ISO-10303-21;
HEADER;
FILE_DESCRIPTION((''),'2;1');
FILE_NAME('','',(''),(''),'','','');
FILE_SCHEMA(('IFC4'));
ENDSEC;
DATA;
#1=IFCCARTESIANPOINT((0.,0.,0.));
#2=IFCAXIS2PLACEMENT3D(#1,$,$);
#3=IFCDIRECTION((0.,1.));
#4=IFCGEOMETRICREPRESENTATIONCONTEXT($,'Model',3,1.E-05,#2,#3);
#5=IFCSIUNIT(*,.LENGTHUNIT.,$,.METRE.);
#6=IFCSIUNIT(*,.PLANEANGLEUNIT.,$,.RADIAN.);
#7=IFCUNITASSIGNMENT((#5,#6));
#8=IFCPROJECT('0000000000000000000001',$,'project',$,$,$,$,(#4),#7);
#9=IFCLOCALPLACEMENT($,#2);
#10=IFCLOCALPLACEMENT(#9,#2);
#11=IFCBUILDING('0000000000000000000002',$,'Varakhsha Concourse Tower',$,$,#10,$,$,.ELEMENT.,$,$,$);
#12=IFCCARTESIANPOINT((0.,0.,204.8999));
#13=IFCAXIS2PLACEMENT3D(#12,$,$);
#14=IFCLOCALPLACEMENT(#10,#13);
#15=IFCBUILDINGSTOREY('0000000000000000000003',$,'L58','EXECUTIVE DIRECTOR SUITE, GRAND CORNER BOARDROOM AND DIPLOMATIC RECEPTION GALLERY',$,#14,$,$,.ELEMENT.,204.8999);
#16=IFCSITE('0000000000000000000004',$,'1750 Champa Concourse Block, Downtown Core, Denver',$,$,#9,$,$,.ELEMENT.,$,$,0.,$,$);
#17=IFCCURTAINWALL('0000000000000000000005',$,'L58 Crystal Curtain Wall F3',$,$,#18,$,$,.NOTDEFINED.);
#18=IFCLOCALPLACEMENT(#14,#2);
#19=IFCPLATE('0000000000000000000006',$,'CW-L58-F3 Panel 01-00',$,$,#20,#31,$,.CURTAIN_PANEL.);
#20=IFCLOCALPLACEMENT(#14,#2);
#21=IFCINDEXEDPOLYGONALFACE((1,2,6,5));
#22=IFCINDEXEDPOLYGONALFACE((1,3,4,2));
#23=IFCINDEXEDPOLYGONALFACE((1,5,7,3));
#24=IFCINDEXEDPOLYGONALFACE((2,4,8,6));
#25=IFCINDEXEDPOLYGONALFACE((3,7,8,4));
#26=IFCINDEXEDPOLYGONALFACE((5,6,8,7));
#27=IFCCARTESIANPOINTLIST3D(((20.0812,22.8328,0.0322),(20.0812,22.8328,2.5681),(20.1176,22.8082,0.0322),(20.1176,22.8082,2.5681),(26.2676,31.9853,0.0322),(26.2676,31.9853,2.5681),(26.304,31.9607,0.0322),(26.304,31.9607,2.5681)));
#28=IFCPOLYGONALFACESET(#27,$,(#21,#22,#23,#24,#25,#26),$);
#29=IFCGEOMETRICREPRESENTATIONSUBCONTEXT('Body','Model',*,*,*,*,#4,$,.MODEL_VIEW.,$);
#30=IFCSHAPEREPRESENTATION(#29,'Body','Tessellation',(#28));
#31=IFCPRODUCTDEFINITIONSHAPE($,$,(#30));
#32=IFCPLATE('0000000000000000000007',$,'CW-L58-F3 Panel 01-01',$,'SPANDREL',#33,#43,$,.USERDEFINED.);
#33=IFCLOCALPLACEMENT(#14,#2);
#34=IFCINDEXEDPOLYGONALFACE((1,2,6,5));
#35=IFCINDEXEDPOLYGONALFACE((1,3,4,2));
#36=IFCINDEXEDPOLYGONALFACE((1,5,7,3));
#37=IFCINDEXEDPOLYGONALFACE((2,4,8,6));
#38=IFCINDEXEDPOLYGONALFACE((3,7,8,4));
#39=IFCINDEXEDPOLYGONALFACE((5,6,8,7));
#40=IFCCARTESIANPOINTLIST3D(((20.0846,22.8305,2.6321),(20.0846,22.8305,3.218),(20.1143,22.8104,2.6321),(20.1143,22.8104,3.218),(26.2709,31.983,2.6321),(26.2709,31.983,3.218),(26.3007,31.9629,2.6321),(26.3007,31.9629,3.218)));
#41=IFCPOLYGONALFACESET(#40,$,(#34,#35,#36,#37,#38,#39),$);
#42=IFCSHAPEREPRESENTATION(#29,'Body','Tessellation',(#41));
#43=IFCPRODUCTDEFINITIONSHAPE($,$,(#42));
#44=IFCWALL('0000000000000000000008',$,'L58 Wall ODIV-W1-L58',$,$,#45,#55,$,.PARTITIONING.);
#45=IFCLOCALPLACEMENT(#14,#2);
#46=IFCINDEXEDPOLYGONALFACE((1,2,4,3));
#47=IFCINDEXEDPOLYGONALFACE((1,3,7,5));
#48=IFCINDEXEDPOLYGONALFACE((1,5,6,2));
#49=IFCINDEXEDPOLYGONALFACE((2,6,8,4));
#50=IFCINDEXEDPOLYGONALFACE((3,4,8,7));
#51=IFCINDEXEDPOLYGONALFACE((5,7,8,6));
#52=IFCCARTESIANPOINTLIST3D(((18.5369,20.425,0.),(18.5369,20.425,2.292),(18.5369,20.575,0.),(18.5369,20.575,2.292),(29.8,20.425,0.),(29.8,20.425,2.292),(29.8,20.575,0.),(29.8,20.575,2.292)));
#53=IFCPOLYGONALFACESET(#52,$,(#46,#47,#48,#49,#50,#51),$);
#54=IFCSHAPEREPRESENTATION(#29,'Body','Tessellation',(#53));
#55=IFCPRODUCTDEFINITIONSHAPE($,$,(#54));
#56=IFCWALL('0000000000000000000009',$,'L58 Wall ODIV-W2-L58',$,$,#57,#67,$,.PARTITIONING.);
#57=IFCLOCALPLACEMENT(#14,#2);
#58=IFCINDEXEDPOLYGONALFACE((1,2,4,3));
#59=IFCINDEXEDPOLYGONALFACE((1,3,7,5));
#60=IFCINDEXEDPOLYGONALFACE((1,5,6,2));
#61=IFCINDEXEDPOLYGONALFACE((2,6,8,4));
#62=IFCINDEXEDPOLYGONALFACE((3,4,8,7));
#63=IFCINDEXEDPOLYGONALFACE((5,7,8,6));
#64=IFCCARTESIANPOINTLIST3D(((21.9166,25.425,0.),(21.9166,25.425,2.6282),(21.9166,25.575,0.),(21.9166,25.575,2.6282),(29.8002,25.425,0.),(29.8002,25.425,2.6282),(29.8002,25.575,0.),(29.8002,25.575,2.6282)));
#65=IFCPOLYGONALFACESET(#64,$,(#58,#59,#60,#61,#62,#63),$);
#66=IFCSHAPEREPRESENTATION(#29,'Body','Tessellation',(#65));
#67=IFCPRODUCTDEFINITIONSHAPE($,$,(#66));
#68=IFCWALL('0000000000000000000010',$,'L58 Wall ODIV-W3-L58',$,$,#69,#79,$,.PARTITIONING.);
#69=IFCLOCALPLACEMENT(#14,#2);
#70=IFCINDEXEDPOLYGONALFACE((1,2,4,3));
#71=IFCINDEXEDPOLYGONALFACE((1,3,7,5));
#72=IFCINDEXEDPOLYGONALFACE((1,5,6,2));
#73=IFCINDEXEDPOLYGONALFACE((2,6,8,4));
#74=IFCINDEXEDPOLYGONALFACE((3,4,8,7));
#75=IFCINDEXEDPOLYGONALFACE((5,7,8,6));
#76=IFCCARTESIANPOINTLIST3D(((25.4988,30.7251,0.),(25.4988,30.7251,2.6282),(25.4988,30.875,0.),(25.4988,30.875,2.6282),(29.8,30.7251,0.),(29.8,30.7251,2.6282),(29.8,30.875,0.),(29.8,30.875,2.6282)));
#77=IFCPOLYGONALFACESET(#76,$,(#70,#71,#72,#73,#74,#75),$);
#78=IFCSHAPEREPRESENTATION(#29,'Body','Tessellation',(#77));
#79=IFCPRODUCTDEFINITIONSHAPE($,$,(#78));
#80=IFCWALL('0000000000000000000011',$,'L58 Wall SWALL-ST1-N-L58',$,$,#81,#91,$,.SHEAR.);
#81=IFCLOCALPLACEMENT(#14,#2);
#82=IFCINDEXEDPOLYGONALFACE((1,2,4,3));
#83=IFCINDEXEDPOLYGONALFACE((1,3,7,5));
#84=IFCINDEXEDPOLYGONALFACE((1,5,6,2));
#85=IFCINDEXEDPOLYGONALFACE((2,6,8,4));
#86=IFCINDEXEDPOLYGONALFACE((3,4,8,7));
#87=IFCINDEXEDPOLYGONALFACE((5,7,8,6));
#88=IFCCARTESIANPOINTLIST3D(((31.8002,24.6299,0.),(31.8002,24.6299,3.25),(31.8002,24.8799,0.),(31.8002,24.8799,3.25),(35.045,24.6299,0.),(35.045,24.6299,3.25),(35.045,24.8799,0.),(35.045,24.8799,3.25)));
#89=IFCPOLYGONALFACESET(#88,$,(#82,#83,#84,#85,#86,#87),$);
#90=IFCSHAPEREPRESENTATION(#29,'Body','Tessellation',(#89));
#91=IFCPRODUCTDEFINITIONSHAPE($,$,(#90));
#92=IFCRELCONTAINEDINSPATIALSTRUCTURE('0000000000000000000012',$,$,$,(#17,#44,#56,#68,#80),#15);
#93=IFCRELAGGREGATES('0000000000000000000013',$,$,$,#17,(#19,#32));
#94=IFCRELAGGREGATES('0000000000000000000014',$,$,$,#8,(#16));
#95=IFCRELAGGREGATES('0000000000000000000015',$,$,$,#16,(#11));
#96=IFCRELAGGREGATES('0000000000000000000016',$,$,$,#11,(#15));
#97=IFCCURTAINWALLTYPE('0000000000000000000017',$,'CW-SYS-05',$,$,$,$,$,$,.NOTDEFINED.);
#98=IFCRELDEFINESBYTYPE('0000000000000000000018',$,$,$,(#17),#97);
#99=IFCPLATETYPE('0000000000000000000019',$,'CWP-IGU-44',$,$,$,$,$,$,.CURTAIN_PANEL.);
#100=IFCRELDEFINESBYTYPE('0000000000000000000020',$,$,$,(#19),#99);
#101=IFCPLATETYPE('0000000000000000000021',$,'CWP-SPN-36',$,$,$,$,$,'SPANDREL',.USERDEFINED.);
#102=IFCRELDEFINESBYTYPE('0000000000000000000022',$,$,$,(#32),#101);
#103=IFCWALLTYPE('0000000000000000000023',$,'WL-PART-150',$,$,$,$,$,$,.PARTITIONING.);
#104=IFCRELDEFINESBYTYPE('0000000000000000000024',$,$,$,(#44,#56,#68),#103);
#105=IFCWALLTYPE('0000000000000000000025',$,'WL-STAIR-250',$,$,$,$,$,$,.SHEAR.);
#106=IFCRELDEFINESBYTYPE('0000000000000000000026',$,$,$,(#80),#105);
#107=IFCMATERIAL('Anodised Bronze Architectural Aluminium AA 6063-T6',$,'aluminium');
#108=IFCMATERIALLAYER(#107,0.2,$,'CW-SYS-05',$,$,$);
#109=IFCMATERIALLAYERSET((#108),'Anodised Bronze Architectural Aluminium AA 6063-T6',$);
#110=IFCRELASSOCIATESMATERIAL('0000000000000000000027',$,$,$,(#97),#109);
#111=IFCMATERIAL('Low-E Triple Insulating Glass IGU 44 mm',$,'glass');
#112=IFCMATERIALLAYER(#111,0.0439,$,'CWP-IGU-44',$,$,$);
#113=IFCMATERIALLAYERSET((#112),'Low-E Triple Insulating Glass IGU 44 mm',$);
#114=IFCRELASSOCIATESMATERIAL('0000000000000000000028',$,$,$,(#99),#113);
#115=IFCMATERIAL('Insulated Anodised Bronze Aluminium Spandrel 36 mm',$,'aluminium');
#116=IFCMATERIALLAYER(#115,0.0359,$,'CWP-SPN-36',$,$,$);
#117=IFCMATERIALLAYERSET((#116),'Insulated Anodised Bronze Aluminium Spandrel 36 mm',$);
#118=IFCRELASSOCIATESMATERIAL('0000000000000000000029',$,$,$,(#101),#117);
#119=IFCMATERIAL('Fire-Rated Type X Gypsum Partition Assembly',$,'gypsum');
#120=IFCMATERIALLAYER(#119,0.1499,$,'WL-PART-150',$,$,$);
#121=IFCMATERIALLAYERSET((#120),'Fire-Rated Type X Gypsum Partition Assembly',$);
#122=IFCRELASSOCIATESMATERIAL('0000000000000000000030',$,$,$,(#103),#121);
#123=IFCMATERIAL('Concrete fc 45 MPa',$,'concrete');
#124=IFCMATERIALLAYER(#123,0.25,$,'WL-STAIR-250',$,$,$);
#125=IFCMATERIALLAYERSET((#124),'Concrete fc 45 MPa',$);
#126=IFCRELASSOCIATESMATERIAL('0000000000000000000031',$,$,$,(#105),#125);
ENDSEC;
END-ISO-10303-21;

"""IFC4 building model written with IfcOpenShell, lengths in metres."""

from ifc_helpers import new_model, si_unit, direction, frame, frame_2d, origin, origin_2d, place, context, subcontext, project, spatial, rectangle, extrude, source, transform, mapped, material, layer, layer_set, type_object, type_shapes, element, aggregate, save


model = new_model("IFC4")

# Units and contexts
model_context = context("Model", 3, precision=1e-05, world=origin(), true_north=direction((0.0, 1.0)))
body_context = subcontext(model_context, "Body", "Model", "MODEL_VIEW")
ifc_project = project(units=[si_unit("LENGTHUNIT", "METRE"), si_unit("PLANEANGLEUNIT", "RADIAN")], contexts=[model_context])

# Site, building, storey
site_placement = place(None, origin())
site = spatial("IfcSite", under=ifc_project, at=site_placement, Name="1750 Champa Concourse Block, Downtown Core, Denver", CompositionType="ELEMENT", RefElevation=0.0)
building_placement = place(site_placement, origin())
building = spatial("IfcBuilding", under=site, at=building_placement, Name="Varakhsha Concourse Tower", CompositionType="ELEMENT")
storey_placement = place(building_placement, frame((0.0, 0.0, 204.8999)))
storey = spatial("IfcBuildingStorey", under=building, at=storey_placement, Name="L58", Description="EXECUTIVE DIRECTOR SUITE, GRAND CORNER BOARDROOM AND DIPLOMATIC RECEPTION GALLERY", CompositionType="ELEMENT", Elevation=204.8999)

# Curtain wall, plates
ifc_material_1 = material(Name="Anodised Bronze Architectural Aluminium AA 6063-T6", Category="aluminium")
ifc_layer_1 = layer(ifc_material_1, 0.2, Name="CW-SYS-05")
ifc_layer_set_1 = layer_set([ifc_layer_1], Name="Anodised Bronze Architectural Aluminium AA 6063-T6")
curtain_wall_type = type_object("IfcCurtainWallType", Name="CW-SYS-05", PredefinedType="NOTDEFINED", material=ifc_layer_set_1)
curtain_wall_placement = place(storey_placement, origin())
curtain_wall = element("IfcCurtainWall", 1, at=curtain_wall_placement, inside=storey, type_object=curtain_wall_type, Name="L58 Crystal Curtain Wall F3", PredefinedType="NOTDEFINED")
ifc_material_2 = material(Name="Low-E Triple Insulating Glass IGU 44 mm", Category="glass")
ifc_layer_2 = layer(ifc_material_2, 0.0439, Name="CWP-IGU-44")
ifc_layer_set_2 = layer_set([ifc_layer_2], Name="Low-E Triple Insulating Glass IGU 44 mm")
plate_type_1 = type_object("IfcPlateType", Name="CWP-IGU-44", PredefinedType="CURTAIN_PANEL", material=ifc_layer_set_2)
shared_shape_1 = source(origin(), body_context, "Body", "SweptSolid", [
    extrude(rectangle(XDim=11.0471, YDim=0.0439, at=origin_2d()), origin(), (0.0, 0.0, 1.0), 2.5359),
])
type_shapes(plate_type_1, [shared_shape_1])
plate_1_placement = place(storey_placement, frame((23.1926, 27.3967, 0.0322), z_axis=(0.0, 0.0, 1.0), x_axis=(0.559999, 0.828494, 0.0)))
plate_1 = element("IfcPlate", 2, at=plate_1_placement, type_object=plate_type_1, Name="CW-L58-F3 Panel 01-00", PredefinedType="CURTAIN_PANEL", context=body_context, shape_type="MappedRepresentation", body=[
    mapped(shared_shape_1, transform((0.0, 0.0, 0.0), scale=1.0)),
])
ifc_material_3 = material(Name="Insulated Anodised Bronze Aluminium Spandrel 36 mm", Category="aluminium")
ifc_layer_3 = layer(ifc_material_3, 0.0359, Name="CWP-SPN-36")
ifc_layer_set_3 = layer_set([ifc_layer_3], Name="Insulated Anodised Bronze Aluminium Spandrel 36 mm")
plate_type_2 = type_object("IfcPlateType", Name="CWP-SPN-36", ElementType="SPANDREL", PredefinedType="USERDEFINED", material=ifc_layer_set_3)
shared_shape_2 = source(origin(), body_context, "Body", "SweptSolid", [
    extrude(rectangle(XDim=11.0471, YDim=0.0359, at=origin_2d()), origin(), (0.0, 0.0, 1.0), 0.5859),
])
type_shapes(plate_type_2, [shared_shape_2])
plate_2_placement = place(storey_placement, frame((23.1926, 27.3967, 2.6321), z_axis=(0.0, 0.0, 1.0), x_axis=(0.559999, 0.828494, 0.0)))
plate_2 = element("IfcPlate", 3, at=plate_2_placement, type_object=plate_type_2, Name="CW-L58-F3 Panel 01-01", ObjectType="SPANDREL", PredefinedType="USERDEFINED", context=body_context, shape_type="MappedRepresentation", body=[
    mapped(shared_shape_2, transform((0.0, 0.0, 0.0), scale=1.0)),
])
aggregate(curtain_wall, [plate_1, plate_2])

# Walls
ifc_material_4 = material(Name="Fire-Rated Type X Gypsum Partition Assembly", Category="gypsum")
ifc_layer_4 = layer(ifc_material_4, 0.1499, Name="WL-PART-150")
ifc_layer_set_4 = layer_set([ifc_layer_4], Name="Fire-Rated Type X Gypsum Partition Assembly")
wall_type_1 = type_object("IfcWallType", Name="WL-PART-150", PredefinedType="PARTITIONING", material=ifc_layer_set_4)
wall_1_placement = place(storey_placement, frame((18.5369, 20.5, 0.0), z_axis=(0.0, 0.0, 1.0), x_axis=(1.0, 0.0, 0.0)))
element("IfcWall", 4, at=wall_1_placement, inside=storey, type_object=wall_type_1, Name="L58 Wall ODIV-W1-L58", PredefinedType="PARTITIONING", context=body_context, shape_type="SweptSolid", body=[
    extrude(rectangle(XDim=11.2632, YDim=0.1499, at=frame_2d((5.6316, 0.0))), origin(), (0.0, 0.0, 1.0), 2.292),
])
wall_2_placement = place(storey_placement, frame((21.9165, 25.5, 0.0), z_axis=(0.0, 0.0, 1.0), x_axis=(1.0, 0.0, 0.0)))
element("IfcWall", 5, at=wall_2_placement, inside=storey, type_object=wall_type_1, Name="L58 Wall ODIV-W2-L58", PredefinedType="PARTITIONING", context=body_context, shape_type="SweptSolid", body=[
    extrude(rectangle(XDim=7.8835, YDim=0.1499, at=frame_2d((3.9419, 0.0))), origin(), (0.0, 0.0, 1.0), 2.6282),
])
wall_3_placement = place(storey_placement, frame((25.4988, 30.8, 0.0), z_axis=(0.0, 0.0, 1.0), x_axis=(1.0, 0.0, 0.0)))
element("IfcWall", 6, at=wall_3_placement, inside=storey, type_object=wall_type_1, Name="L58 Wall ODIV-W3-L58", PredefinedType="PARTITIONING", context=body_context, shape_type="SweptSolid", body=[
    extrude(rectangle(XDim=4.3013, YDim=0.1499, at=frame_2d((2.1506, 0.0))), origin(), (0.0, 0.0, 1.0), 2.6282),
])

# Wall
ifc_material_5 = material(Name="Concrete fc 45 MPa", Category="concrete")
ifc_layer_5 = layer(ifc_material_5, 0.25, Name="WL-STAIR-250")
ifc_layer_set_5 = layer_set([ifc_layer_5], Name="Concrete fc 45 MPa")
wall_type_2 = type_object("IfcWallType", Name="WL-STAIR-250", PredefinedType="SHEAR", material=ifc_layer_set_5)
wall_4_placement = place(storey_placement, frame((31.8, 24.7549, 0.0), z_axis=(0.0, 0.0, 1.0), x_axis=(1.0, 0.0, 0.0)))
element("IfcWall", 7, at=wall_4_placement, inside=storey, type_object=wall_type_2, Name="L58 Wall SWALL-ST1-N-L58", PredefinedType="SHEAR", context=body_context, shape_type="SweptSolid", body=[
    extrude(rectangle(XDim=3.2449, YDim=0.25, at=frame_2d((1.6226, 0.0))), origin(), (0.0, 0.0, 1.0), 3.25),
])

save(model, "model.ifc")
